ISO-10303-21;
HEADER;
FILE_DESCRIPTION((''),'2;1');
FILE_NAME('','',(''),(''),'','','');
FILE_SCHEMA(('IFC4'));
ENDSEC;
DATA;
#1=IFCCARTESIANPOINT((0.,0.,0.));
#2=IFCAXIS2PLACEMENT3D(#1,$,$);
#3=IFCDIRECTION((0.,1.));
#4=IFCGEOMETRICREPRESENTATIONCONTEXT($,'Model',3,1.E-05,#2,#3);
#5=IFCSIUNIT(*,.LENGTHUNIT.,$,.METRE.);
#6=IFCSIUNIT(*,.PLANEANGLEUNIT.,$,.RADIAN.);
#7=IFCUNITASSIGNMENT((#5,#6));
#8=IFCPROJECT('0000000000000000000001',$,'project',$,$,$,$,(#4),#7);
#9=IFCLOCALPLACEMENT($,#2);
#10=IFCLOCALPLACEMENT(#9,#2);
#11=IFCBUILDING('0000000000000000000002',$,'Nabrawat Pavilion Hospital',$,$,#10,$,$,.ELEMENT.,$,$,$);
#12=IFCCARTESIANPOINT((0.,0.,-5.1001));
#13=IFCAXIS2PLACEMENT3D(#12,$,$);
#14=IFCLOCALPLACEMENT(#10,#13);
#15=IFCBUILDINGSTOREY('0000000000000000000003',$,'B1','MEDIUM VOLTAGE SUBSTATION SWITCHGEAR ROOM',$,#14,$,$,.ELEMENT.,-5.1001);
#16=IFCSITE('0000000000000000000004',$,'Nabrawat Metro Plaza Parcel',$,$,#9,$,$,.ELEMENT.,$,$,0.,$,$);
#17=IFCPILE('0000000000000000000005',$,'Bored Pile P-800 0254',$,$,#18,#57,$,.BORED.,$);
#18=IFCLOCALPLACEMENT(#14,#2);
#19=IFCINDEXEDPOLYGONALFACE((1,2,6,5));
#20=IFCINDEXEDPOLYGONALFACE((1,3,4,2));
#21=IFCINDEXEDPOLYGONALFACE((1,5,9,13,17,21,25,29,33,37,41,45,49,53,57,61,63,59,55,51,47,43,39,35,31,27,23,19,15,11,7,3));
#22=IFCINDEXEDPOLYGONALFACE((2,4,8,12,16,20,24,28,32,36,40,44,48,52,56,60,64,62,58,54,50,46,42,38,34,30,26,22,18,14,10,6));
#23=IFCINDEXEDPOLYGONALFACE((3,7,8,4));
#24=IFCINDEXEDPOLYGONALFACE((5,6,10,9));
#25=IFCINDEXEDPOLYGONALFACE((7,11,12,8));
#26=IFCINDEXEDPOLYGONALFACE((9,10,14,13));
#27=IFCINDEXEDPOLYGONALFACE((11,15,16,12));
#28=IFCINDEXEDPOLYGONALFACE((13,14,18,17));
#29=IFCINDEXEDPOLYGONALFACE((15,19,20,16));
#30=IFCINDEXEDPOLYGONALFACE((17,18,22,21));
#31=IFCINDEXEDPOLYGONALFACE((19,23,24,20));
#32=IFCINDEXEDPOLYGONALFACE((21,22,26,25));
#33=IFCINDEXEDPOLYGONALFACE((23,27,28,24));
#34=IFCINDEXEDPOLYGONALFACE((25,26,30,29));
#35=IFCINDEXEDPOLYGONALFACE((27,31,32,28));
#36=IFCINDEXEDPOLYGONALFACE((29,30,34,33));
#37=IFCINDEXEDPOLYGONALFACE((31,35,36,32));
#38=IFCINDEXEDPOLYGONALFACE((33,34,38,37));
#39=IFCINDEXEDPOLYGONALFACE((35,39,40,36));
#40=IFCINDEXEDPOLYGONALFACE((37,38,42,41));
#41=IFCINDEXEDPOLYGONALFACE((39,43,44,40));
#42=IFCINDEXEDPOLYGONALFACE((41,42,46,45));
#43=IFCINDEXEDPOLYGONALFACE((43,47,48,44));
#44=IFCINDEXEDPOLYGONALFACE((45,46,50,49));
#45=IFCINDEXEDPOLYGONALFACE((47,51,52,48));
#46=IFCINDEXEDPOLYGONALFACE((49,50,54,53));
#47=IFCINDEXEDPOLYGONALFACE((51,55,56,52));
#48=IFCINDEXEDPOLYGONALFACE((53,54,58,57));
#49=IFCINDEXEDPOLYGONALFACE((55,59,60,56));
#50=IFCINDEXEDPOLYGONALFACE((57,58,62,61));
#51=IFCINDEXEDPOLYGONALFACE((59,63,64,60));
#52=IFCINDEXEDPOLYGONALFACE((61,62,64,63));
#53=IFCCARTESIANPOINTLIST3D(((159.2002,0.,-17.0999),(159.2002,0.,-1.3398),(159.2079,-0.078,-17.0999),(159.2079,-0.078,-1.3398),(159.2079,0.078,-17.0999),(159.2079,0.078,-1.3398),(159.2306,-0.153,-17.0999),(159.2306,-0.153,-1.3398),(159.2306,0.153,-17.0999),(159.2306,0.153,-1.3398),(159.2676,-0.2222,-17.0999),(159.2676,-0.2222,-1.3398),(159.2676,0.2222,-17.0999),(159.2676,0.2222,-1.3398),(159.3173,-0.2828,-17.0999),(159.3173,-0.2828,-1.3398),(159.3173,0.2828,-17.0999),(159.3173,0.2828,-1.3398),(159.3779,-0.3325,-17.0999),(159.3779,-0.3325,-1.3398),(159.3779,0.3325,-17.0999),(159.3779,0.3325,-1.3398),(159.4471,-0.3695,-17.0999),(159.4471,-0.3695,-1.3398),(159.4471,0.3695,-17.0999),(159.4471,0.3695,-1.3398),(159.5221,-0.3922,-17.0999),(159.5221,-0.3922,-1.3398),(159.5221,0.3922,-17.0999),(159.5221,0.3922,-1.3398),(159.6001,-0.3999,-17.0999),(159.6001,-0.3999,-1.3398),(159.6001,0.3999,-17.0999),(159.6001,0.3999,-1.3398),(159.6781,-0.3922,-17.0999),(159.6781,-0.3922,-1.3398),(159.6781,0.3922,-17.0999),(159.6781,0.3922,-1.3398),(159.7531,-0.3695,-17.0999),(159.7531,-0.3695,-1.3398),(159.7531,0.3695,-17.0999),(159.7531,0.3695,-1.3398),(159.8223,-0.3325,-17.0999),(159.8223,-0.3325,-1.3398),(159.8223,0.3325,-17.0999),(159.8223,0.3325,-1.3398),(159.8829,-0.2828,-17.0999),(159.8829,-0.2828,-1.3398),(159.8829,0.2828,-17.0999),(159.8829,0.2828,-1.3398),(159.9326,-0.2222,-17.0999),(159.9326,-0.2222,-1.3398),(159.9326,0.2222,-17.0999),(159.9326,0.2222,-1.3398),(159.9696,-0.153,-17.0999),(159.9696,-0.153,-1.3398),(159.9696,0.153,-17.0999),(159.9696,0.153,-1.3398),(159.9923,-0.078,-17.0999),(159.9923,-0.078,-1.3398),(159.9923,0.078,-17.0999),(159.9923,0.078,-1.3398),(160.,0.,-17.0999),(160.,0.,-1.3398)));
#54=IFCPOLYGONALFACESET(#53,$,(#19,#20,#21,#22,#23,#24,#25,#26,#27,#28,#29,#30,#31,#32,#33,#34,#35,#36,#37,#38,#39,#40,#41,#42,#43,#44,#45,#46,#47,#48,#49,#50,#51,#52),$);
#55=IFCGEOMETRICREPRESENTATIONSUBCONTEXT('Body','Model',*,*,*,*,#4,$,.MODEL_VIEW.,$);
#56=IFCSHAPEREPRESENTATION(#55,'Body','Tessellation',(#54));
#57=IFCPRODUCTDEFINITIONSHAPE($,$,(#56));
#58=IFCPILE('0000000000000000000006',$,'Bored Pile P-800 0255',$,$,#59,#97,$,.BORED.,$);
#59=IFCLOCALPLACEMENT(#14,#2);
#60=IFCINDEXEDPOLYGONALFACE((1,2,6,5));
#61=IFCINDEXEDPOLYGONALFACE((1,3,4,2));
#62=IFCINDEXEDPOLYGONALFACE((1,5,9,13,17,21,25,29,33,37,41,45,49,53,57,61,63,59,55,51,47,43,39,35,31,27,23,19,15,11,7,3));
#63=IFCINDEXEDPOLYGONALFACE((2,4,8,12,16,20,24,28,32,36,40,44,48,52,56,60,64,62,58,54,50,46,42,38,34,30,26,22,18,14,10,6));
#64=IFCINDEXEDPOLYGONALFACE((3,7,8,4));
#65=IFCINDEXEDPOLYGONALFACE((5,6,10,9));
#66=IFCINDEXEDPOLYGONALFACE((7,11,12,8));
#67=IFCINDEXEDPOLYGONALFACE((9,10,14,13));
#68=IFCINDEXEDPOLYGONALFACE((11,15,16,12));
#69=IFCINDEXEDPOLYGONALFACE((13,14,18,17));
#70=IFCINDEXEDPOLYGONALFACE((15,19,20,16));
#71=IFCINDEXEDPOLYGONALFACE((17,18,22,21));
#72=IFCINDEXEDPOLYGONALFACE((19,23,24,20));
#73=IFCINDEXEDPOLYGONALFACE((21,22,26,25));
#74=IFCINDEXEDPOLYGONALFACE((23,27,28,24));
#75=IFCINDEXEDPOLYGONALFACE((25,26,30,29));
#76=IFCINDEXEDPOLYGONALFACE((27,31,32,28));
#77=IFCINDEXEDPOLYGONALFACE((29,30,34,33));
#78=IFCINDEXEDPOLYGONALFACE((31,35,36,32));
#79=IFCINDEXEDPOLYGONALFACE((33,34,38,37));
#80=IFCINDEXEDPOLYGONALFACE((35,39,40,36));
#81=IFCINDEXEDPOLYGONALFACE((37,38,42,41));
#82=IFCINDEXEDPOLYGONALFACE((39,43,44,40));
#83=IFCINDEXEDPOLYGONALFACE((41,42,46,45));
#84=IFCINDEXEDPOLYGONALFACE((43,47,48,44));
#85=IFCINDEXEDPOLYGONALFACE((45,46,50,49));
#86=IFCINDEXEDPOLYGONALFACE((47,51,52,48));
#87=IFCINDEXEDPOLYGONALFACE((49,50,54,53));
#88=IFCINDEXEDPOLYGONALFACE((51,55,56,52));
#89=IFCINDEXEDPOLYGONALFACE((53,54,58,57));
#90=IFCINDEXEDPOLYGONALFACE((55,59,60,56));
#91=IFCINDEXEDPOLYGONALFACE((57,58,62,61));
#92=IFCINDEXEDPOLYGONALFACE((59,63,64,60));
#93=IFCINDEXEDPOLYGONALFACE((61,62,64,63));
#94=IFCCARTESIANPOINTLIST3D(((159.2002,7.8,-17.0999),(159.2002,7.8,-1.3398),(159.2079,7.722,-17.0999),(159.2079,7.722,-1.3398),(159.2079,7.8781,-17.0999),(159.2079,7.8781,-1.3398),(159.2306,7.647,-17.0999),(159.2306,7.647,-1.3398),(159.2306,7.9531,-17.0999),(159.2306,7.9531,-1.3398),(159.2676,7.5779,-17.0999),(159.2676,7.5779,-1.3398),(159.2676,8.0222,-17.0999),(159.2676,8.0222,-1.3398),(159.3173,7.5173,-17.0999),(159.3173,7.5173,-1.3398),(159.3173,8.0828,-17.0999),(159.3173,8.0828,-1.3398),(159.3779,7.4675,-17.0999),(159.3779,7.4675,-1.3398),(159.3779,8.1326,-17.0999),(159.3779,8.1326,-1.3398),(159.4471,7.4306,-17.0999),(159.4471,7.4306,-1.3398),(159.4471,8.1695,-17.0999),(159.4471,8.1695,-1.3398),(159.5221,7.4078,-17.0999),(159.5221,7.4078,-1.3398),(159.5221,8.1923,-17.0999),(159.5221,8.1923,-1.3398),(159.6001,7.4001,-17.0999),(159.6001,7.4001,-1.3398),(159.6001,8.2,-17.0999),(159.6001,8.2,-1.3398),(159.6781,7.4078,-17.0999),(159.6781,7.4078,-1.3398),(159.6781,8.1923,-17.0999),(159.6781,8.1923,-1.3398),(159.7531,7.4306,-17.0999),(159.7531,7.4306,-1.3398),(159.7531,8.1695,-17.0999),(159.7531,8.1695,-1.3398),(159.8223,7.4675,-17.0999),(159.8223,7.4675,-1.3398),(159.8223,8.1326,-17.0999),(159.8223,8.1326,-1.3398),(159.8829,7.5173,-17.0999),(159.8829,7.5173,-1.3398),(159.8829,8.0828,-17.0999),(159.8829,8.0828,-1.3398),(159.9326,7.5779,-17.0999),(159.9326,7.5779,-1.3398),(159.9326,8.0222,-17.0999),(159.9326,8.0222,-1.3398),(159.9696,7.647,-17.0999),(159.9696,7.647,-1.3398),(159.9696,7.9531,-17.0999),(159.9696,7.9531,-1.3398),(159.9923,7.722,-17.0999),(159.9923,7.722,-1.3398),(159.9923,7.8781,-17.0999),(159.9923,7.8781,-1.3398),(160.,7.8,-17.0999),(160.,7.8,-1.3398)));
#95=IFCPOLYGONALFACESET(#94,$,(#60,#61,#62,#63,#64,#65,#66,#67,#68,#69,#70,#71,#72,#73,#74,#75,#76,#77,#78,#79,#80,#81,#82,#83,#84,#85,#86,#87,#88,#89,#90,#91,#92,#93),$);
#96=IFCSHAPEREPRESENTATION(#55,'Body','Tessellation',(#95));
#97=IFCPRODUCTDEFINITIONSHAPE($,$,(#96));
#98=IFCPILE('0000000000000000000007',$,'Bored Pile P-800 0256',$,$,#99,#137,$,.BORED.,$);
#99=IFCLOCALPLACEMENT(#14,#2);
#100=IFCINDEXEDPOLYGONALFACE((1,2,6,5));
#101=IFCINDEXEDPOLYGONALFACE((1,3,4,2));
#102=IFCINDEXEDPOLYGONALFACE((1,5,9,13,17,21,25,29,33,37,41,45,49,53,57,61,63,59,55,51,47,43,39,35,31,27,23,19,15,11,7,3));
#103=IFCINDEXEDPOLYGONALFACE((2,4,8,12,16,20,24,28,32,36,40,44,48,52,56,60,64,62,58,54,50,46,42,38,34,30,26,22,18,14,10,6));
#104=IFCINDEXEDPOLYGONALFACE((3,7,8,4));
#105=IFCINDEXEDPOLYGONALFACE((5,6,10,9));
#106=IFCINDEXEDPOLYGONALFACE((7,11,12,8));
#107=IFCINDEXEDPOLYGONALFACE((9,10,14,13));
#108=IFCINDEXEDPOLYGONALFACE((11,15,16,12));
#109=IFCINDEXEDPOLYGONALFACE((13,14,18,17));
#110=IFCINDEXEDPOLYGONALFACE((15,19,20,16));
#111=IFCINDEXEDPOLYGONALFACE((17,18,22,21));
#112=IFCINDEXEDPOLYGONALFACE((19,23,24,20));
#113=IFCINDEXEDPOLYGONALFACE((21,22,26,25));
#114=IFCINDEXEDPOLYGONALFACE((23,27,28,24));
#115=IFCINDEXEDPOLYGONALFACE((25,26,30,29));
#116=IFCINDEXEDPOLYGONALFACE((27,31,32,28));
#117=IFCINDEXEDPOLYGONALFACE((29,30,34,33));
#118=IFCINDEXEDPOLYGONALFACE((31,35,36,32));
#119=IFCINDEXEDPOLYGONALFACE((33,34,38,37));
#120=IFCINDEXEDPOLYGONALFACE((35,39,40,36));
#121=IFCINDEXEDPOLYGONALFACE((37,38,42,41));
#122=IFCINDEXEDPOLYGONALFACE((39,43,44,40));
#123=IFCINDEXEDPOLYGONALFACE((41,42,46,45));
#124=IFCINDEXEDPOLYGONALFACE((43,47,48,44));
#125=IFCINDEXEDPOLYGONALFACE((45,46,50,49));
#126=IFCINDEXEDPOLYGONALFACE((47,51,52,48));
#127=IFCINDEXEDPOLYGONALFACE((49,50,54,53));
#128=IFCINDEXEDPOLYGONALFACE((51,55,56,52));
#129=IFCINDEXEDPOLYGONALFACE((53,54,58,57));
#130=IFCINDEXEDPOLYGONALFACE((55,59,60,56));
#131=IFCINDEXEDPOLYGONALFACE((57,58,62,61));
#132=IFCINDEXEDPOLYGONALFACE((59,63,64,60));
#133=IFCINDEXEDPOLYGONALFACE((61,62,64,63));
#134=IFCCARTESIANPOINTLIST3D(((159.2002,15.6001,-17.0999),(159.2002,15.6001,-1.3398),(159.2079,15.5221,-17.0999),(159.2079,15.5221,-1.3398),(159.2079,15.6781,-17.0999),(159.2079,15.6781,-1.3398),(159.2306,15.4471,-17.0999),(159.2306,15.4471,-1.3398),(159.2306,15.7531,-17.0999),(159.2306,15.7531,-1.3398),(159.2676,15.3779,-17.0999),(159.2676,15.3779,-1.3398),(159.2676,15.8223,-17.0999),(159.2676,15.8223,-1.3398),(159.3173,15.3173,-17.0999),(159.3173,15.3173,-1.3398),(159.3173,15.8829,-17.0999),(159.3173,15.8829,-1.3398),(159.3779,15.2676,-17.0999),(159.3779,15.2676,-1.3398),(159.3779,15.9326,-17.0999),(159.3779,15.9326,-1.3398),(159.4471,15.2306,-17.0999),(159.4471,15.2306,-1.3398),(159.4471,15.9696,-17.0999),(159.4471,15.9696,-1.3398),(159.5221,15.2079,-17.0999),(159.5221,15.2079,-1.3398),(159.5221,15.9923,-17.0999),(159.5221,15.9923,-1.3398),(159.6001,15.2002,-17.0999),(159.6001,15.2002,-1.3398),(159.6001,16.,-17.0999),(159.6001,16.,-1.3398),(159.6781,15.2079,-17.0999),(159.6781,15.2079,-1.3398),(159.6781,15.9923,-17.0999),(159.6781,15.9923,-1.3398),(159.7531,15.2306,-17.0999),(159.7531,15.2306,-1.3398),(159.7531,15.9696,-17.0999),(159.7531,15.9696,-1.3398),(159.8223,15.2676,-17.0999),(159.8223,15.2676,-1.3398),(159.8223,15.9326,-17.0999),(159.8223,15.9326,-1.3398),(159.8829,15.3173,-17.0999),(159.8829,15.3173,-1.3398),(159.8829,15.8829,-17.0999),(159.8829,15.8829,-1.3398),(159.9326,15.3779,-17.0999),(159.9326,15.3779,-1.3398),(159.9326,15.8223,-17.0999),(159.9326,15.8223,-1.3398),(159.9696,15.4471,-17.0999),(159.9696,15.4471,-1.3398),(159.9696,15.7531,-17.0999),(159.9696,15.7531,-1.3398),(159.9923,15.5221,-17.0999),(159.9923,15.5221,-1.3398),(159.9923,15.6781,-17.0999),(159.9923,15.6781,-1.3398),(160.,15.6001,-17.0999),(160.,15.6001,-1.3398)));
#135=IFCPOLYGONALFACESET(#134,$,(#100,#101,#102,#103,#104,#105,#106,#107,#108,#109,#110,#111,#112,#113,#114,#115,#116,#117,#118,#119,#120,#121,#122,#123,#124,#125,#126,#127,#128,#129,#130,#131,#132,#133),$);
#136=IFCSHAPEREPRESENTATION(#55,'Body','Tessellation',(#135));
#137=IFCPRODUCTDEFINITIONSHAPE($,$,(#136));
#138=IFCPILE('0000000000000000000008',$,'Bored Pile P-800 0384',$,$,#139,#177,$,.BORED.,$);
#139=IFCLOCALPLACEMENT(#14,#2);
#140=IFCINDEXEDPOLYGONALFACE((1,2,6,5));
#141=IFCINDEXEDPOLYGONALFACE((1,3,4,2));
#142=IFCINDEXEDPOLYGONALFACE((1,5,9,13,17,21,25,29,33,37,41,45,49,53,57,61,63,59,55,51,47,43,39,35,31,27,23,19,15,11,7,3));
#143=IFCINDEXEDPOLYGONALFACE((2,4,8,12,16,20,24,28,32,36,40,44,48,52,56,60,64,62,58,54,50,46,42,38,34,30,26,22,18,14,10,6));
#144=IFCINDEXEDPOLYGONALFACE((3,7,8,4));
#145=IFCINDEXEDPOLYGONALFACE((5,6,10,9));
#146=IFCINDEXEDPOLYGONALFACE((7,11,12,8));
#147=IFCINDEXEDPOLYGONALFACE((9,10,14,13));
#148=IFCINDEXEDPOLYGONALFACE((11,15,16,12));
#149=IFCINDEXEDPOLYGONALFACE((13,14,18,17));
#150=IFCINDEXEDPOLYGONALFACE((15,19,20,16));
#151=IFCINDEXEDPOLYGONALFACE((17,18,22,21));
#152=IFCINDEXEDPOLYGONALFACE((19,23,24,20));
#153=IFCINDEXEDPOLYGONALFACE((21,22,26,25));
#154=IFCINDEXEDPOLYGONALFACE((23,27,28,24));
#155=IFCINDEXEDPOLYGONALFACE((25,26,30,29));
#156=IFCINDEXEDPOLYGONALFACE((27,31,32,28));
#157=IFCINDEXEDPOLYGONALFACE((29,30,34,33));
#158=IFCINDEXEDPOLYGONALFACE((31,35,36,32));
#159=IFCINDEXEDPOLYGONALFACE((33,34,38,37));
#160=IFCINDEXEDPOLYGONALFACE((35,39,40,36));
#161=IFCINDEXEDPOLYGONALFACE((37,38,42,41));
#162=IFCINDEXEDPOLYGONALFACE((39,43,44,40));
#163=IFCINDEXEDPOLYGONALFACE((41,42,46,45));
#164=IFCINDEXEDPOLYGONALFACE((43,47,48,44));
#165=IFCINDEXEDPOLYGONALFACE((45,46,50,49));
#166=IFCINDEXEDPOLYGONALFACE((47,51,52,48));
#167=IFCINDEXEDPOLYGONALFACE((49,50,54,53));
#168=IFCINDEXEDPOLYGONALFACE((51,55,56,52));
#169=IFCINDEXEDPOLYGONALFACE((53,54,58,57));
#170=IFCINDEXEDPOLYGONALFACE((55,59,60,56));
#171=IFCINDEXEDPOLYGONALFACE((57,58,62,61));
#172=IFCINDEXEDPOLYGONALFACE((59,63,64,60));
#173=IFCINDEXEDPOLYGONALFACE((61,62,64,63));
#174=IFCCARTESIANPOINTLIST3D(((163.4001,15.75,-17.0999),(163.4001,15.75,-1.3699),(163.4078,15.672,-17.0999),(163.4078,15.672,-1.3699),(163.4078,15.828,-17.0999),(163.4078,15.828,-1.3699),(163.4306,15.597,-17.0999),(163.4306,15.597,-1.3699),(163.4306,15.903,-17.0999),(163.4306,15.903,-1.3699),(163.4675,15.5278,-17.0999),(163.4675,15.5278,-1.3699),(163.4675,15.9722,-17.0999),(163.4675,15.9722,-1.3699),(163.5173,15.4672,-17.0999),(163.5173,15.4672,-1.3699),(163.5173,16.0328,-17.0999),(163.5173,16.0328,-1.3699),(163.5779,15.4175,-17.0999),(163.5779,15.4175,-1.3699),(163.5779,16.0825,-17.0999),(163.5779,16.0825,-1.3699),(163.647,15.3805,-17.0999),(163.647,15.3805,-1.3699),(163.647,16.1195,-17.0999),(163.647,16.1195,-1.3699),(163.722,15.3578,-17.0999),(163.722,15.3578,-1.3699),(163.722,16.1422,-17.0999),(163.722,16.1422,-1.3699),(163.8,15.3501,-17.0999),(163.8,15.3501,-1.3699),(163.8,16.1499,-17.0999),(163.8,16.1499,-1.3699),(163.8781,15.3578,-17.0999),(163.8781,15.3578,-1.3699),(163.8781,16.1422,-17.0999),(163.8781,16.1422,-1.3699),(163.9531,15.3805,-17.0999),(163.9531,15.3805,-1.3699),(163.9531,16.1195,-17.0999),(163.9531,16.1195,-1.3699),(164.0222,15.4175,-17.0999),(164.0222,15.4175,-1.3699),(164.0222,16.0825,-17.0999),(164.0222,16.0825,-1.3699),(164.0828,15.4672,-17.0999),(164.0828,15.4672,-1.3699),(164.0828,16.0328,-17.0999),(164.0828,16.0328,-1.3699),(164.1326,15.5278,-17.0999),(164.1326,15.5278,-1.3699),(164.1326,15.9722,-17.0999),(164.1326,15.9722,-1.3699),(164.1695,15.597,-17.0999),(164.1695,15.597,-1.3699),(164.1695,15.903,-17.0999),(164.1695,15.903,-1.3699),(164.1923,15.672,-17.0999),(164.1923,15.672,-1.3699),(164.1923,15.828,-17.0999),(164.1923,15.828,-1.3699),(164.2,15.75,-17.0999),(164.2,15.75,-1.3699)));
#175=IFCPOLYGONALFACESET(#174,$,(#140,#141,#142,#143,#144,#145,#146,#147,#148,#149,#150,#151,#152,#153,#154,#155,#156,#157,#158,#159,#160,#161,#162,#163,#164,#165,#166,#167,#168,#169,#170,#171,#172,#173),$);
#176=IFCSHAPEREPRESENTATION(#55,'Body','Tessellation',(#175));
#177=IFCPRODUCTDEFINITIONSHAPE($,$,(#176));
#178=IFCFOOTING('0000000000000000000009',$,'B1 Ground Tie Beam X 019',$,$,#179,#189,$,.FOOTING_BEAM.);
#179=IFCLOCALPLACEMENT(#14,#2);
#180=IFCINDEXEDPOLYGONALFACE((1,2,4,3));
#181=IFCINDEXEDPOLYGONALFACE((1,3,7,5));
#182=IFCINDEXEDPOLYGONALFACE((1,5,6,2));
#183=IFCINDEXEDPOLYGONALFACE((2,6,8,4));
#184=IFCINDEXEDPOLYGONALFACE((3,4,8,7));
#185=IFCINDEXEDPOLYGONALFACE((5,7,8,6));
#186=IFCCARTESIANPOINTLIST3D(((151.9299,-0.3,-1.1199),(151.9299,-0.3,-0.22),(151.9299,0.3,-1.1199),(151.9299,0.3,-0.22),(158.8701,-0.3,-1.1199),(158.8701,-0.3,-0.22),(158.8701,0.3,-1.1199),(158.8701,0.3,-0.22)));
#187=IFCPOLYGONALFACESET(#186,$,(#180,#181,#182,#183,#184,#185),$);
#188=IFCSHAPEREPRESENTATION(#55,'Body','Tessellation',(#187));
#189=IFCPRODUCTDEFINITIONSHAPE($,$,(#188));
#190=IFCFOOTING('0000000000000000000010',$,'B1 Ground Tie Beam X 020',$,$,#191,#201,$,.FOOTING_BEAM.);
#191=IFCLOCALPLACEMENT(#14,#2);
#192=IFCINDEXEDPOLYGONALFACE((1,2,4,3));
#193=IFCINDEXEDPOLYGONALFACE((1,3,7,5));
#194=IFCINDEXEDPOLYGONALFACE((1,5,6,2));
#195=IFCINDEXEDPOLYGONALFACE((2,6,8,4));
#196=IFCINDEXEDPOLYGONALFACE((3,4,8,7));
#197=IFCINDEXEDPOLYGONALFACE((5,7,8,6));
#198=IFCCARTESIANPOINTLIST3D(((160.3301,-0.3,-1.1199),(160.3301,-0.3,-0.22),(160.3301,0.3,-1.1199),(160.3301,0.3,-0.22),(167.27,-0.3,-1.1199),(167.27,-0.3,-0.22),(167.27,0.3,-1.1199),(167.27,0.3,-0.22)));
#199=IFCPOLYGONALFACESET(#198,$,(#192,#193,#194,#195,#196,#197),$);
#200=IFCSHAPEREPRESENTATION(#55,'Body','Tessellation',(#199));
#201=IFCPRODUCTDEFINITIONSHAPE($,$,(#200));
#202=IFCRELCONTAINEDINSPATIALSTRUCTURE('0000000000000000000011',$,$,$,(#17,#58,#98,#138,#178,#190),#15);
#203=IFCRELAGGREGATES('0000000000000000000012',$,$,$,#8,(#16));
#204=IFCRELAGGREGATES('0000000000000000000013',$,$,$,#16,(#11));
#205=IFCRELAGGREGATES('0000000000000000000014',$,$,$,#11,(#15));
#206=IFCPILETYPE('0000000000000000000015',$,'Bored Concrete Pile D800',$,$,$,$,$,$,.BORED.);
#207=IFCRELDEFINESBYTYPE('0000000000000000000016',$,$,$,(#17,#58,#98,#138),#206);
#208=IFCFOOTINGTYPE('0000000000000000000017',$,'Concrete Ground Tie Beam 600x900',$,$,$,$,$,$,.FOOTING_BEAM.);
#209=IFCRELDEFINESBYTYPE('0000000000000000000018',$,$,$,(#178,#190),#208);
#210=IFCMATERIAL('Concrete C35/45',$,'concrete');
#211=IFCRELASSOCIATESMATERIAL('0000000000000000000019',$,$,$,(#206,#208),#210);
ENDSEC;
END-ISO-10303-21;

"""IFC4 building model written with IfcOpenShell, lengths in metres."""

from ifc_helpers import new_model, si_unit, direction, frame, origin, origin_2d, place, context, subcontext, project, spatial, rectangle, circle, extrude, material, material_profile, profile_set, type_object, element, save


model = new_model("IFC4")

# Units and contexts
model_context = context("Model", 3, precision=1e-05, world=origin(), true_north=direction((0.0, 1.0)))
body_context = subcontext(model_context, "Body", "Model", "MODEL_VIEW")
ifc_project = project(units=[si_unit("LENGTHUNIT", "METRE"), si_unit("PLANEANGLEUNIT", "RADIAN")], contexts=[model_context])

# Site, building, storey
site_placement = place(None, origin())
site = spatial("IfcSite", under=ifc_project, at=site_placement, Name="Nabrawat Metro Plaza Parcel", CompositionType="ELEMENT", RefElevation=0.0)
building_placement = place(site_placement, origin())
building = spatial("IfcBuilding", under=site, at=building_placement, Name="Nabrawat Pavilion Hospital", CompositionType="ELEMENT")
storey_placement = place(building_placement, frame((0.0, 0.0, -5.1001)))
storey = spatial("IfcBuildingStorey", under=building, at=storey_placement, Name="B1", Description="MEDIUM VOLTAGE SUBSTATION SWITCHGEAR ROOM", CompositionType="ELEMENT", Elevation=-5.1001)

# Piles
ifc_material_1 = material(Name="Concrete C35/45", Category="concrete")
ifc_material_profile_1 = material_profile(ifc_material_1, circle(Radius=0.3999, at=origin_2d()), Name="DIA 800")
ifc_profile_set_1 = profile_set([ifc_material_profile_1], Name="Concrete C35/45")
pile_type = type_object("IfcPileType", Name="Bored Concrete Pile D800", PredefinedType="BORED", material=ifc_profile_set_1)
for number, where, z_axis, x_axis, name in (
    (1, (159.6001, 0.0, -1.3398), (0.0, 0.0, -1.0), (1.0, 0.0, 0.0), "Bored Pile P-800 0254"),
    (2, (159.6001, 7.8, -1.3398), (0.0, 0.0, -1.0), (1.0, 0.0, 0.0), "Bored Pile P-800 0255"),
    (3, (159.6001, 15.6001, -1.3398), (0.0, 0.0, -1.0), (1.0, 0.0, 0.0), "Bored Pile P-800 0256"),
):
    element("IfcPile", number, at=place(storey_placement, frame(where, z_axis=z_axis, x_axis=x_axis)), inside=storey, type_object=pile_type, Name=name, PredefinedType="BORED", context=body_context, shape_type="SweptSolid", body=[
        extrude(circle(Radius=0.3999, at=origin_2d()), origin(), (0.0, 0.0, 1.0), 15.76),
    ])
pile_placement = place(storey_placement, frame((163.8, 15.75, -1.3699), z_axis=(0.0, 0.0, -1.0), x_axis=(1.0, 0.0, 0.0)))
element("IfcPile", 4, at=pile_placement, inside=storey, type_object=pile_type, Name="Bored Pile P-800 0384", PredefinedType="BORED", context=body_context, shape_type="SweptSolid", body=[
    extrude(circle(Radius=0.3999, at=origin_2d()), origin(), (0.0, 0.0, 1.0), 15.73),
])

# Footings
ifc_material_profile_2 = material_profile(ifc_material_1, rectangle(XDim=0.6001, YDim=0.8999, at=origin_2d()), Name="RC 600x900")
ifc_profile_set_2 = profile_set([ifc_material_profile_2], Name="Concrete C35/45")
footing_type = type_object("IfcFootingType", Name="Concrete Ground Tie Beam 600x900", PredefinedType="FOOTING_BEAM", material=ifc_profile_set_2)
footing_1_placement = place(storey_placement, frame((151.9299, 0.0, -0.6699), z_axis=(1.0, 0.0, 0.0), x_axis=(0.0, 1.0, 0.0)))
element("IfcFooting", 5, at=footing_1_placement, inside=storey, type_object=footing_type, Name="B1 Ground Tie Beam X 019", PredefinedType="FOOTING_BEAM", context=body_context, shape_type="SweptSolid", body=[
    extrude(rectangle(XDim=0.6001, YDim=0.8999, at=origin_2d()), origin(), (0.0, 0.0, 1.0), 6.9402),
])
footing_2_placement = place(storey_placement, frame((160.3301, 0.0, -0.6699), z_axis=(1.0, 0.0, 0.0), x_axis=(0.0, 1.0, 0.0)))
element("IfcFooting", 6, at=footing_2_placement, inside=storey, type_object=footing_type, Name="B1 Ground Tie Beam X 020", PredefinedType="FOOTING_BEAM", context=body_context, shape_type="SweptSolid", body=[
    extrude(rectangle(XDim=0.6001, YDim=0.8999, at=origin_2d()), origin(), (0.0, 0.0, 1.0), 6.9399),
])

save(model, "model.ifc")
